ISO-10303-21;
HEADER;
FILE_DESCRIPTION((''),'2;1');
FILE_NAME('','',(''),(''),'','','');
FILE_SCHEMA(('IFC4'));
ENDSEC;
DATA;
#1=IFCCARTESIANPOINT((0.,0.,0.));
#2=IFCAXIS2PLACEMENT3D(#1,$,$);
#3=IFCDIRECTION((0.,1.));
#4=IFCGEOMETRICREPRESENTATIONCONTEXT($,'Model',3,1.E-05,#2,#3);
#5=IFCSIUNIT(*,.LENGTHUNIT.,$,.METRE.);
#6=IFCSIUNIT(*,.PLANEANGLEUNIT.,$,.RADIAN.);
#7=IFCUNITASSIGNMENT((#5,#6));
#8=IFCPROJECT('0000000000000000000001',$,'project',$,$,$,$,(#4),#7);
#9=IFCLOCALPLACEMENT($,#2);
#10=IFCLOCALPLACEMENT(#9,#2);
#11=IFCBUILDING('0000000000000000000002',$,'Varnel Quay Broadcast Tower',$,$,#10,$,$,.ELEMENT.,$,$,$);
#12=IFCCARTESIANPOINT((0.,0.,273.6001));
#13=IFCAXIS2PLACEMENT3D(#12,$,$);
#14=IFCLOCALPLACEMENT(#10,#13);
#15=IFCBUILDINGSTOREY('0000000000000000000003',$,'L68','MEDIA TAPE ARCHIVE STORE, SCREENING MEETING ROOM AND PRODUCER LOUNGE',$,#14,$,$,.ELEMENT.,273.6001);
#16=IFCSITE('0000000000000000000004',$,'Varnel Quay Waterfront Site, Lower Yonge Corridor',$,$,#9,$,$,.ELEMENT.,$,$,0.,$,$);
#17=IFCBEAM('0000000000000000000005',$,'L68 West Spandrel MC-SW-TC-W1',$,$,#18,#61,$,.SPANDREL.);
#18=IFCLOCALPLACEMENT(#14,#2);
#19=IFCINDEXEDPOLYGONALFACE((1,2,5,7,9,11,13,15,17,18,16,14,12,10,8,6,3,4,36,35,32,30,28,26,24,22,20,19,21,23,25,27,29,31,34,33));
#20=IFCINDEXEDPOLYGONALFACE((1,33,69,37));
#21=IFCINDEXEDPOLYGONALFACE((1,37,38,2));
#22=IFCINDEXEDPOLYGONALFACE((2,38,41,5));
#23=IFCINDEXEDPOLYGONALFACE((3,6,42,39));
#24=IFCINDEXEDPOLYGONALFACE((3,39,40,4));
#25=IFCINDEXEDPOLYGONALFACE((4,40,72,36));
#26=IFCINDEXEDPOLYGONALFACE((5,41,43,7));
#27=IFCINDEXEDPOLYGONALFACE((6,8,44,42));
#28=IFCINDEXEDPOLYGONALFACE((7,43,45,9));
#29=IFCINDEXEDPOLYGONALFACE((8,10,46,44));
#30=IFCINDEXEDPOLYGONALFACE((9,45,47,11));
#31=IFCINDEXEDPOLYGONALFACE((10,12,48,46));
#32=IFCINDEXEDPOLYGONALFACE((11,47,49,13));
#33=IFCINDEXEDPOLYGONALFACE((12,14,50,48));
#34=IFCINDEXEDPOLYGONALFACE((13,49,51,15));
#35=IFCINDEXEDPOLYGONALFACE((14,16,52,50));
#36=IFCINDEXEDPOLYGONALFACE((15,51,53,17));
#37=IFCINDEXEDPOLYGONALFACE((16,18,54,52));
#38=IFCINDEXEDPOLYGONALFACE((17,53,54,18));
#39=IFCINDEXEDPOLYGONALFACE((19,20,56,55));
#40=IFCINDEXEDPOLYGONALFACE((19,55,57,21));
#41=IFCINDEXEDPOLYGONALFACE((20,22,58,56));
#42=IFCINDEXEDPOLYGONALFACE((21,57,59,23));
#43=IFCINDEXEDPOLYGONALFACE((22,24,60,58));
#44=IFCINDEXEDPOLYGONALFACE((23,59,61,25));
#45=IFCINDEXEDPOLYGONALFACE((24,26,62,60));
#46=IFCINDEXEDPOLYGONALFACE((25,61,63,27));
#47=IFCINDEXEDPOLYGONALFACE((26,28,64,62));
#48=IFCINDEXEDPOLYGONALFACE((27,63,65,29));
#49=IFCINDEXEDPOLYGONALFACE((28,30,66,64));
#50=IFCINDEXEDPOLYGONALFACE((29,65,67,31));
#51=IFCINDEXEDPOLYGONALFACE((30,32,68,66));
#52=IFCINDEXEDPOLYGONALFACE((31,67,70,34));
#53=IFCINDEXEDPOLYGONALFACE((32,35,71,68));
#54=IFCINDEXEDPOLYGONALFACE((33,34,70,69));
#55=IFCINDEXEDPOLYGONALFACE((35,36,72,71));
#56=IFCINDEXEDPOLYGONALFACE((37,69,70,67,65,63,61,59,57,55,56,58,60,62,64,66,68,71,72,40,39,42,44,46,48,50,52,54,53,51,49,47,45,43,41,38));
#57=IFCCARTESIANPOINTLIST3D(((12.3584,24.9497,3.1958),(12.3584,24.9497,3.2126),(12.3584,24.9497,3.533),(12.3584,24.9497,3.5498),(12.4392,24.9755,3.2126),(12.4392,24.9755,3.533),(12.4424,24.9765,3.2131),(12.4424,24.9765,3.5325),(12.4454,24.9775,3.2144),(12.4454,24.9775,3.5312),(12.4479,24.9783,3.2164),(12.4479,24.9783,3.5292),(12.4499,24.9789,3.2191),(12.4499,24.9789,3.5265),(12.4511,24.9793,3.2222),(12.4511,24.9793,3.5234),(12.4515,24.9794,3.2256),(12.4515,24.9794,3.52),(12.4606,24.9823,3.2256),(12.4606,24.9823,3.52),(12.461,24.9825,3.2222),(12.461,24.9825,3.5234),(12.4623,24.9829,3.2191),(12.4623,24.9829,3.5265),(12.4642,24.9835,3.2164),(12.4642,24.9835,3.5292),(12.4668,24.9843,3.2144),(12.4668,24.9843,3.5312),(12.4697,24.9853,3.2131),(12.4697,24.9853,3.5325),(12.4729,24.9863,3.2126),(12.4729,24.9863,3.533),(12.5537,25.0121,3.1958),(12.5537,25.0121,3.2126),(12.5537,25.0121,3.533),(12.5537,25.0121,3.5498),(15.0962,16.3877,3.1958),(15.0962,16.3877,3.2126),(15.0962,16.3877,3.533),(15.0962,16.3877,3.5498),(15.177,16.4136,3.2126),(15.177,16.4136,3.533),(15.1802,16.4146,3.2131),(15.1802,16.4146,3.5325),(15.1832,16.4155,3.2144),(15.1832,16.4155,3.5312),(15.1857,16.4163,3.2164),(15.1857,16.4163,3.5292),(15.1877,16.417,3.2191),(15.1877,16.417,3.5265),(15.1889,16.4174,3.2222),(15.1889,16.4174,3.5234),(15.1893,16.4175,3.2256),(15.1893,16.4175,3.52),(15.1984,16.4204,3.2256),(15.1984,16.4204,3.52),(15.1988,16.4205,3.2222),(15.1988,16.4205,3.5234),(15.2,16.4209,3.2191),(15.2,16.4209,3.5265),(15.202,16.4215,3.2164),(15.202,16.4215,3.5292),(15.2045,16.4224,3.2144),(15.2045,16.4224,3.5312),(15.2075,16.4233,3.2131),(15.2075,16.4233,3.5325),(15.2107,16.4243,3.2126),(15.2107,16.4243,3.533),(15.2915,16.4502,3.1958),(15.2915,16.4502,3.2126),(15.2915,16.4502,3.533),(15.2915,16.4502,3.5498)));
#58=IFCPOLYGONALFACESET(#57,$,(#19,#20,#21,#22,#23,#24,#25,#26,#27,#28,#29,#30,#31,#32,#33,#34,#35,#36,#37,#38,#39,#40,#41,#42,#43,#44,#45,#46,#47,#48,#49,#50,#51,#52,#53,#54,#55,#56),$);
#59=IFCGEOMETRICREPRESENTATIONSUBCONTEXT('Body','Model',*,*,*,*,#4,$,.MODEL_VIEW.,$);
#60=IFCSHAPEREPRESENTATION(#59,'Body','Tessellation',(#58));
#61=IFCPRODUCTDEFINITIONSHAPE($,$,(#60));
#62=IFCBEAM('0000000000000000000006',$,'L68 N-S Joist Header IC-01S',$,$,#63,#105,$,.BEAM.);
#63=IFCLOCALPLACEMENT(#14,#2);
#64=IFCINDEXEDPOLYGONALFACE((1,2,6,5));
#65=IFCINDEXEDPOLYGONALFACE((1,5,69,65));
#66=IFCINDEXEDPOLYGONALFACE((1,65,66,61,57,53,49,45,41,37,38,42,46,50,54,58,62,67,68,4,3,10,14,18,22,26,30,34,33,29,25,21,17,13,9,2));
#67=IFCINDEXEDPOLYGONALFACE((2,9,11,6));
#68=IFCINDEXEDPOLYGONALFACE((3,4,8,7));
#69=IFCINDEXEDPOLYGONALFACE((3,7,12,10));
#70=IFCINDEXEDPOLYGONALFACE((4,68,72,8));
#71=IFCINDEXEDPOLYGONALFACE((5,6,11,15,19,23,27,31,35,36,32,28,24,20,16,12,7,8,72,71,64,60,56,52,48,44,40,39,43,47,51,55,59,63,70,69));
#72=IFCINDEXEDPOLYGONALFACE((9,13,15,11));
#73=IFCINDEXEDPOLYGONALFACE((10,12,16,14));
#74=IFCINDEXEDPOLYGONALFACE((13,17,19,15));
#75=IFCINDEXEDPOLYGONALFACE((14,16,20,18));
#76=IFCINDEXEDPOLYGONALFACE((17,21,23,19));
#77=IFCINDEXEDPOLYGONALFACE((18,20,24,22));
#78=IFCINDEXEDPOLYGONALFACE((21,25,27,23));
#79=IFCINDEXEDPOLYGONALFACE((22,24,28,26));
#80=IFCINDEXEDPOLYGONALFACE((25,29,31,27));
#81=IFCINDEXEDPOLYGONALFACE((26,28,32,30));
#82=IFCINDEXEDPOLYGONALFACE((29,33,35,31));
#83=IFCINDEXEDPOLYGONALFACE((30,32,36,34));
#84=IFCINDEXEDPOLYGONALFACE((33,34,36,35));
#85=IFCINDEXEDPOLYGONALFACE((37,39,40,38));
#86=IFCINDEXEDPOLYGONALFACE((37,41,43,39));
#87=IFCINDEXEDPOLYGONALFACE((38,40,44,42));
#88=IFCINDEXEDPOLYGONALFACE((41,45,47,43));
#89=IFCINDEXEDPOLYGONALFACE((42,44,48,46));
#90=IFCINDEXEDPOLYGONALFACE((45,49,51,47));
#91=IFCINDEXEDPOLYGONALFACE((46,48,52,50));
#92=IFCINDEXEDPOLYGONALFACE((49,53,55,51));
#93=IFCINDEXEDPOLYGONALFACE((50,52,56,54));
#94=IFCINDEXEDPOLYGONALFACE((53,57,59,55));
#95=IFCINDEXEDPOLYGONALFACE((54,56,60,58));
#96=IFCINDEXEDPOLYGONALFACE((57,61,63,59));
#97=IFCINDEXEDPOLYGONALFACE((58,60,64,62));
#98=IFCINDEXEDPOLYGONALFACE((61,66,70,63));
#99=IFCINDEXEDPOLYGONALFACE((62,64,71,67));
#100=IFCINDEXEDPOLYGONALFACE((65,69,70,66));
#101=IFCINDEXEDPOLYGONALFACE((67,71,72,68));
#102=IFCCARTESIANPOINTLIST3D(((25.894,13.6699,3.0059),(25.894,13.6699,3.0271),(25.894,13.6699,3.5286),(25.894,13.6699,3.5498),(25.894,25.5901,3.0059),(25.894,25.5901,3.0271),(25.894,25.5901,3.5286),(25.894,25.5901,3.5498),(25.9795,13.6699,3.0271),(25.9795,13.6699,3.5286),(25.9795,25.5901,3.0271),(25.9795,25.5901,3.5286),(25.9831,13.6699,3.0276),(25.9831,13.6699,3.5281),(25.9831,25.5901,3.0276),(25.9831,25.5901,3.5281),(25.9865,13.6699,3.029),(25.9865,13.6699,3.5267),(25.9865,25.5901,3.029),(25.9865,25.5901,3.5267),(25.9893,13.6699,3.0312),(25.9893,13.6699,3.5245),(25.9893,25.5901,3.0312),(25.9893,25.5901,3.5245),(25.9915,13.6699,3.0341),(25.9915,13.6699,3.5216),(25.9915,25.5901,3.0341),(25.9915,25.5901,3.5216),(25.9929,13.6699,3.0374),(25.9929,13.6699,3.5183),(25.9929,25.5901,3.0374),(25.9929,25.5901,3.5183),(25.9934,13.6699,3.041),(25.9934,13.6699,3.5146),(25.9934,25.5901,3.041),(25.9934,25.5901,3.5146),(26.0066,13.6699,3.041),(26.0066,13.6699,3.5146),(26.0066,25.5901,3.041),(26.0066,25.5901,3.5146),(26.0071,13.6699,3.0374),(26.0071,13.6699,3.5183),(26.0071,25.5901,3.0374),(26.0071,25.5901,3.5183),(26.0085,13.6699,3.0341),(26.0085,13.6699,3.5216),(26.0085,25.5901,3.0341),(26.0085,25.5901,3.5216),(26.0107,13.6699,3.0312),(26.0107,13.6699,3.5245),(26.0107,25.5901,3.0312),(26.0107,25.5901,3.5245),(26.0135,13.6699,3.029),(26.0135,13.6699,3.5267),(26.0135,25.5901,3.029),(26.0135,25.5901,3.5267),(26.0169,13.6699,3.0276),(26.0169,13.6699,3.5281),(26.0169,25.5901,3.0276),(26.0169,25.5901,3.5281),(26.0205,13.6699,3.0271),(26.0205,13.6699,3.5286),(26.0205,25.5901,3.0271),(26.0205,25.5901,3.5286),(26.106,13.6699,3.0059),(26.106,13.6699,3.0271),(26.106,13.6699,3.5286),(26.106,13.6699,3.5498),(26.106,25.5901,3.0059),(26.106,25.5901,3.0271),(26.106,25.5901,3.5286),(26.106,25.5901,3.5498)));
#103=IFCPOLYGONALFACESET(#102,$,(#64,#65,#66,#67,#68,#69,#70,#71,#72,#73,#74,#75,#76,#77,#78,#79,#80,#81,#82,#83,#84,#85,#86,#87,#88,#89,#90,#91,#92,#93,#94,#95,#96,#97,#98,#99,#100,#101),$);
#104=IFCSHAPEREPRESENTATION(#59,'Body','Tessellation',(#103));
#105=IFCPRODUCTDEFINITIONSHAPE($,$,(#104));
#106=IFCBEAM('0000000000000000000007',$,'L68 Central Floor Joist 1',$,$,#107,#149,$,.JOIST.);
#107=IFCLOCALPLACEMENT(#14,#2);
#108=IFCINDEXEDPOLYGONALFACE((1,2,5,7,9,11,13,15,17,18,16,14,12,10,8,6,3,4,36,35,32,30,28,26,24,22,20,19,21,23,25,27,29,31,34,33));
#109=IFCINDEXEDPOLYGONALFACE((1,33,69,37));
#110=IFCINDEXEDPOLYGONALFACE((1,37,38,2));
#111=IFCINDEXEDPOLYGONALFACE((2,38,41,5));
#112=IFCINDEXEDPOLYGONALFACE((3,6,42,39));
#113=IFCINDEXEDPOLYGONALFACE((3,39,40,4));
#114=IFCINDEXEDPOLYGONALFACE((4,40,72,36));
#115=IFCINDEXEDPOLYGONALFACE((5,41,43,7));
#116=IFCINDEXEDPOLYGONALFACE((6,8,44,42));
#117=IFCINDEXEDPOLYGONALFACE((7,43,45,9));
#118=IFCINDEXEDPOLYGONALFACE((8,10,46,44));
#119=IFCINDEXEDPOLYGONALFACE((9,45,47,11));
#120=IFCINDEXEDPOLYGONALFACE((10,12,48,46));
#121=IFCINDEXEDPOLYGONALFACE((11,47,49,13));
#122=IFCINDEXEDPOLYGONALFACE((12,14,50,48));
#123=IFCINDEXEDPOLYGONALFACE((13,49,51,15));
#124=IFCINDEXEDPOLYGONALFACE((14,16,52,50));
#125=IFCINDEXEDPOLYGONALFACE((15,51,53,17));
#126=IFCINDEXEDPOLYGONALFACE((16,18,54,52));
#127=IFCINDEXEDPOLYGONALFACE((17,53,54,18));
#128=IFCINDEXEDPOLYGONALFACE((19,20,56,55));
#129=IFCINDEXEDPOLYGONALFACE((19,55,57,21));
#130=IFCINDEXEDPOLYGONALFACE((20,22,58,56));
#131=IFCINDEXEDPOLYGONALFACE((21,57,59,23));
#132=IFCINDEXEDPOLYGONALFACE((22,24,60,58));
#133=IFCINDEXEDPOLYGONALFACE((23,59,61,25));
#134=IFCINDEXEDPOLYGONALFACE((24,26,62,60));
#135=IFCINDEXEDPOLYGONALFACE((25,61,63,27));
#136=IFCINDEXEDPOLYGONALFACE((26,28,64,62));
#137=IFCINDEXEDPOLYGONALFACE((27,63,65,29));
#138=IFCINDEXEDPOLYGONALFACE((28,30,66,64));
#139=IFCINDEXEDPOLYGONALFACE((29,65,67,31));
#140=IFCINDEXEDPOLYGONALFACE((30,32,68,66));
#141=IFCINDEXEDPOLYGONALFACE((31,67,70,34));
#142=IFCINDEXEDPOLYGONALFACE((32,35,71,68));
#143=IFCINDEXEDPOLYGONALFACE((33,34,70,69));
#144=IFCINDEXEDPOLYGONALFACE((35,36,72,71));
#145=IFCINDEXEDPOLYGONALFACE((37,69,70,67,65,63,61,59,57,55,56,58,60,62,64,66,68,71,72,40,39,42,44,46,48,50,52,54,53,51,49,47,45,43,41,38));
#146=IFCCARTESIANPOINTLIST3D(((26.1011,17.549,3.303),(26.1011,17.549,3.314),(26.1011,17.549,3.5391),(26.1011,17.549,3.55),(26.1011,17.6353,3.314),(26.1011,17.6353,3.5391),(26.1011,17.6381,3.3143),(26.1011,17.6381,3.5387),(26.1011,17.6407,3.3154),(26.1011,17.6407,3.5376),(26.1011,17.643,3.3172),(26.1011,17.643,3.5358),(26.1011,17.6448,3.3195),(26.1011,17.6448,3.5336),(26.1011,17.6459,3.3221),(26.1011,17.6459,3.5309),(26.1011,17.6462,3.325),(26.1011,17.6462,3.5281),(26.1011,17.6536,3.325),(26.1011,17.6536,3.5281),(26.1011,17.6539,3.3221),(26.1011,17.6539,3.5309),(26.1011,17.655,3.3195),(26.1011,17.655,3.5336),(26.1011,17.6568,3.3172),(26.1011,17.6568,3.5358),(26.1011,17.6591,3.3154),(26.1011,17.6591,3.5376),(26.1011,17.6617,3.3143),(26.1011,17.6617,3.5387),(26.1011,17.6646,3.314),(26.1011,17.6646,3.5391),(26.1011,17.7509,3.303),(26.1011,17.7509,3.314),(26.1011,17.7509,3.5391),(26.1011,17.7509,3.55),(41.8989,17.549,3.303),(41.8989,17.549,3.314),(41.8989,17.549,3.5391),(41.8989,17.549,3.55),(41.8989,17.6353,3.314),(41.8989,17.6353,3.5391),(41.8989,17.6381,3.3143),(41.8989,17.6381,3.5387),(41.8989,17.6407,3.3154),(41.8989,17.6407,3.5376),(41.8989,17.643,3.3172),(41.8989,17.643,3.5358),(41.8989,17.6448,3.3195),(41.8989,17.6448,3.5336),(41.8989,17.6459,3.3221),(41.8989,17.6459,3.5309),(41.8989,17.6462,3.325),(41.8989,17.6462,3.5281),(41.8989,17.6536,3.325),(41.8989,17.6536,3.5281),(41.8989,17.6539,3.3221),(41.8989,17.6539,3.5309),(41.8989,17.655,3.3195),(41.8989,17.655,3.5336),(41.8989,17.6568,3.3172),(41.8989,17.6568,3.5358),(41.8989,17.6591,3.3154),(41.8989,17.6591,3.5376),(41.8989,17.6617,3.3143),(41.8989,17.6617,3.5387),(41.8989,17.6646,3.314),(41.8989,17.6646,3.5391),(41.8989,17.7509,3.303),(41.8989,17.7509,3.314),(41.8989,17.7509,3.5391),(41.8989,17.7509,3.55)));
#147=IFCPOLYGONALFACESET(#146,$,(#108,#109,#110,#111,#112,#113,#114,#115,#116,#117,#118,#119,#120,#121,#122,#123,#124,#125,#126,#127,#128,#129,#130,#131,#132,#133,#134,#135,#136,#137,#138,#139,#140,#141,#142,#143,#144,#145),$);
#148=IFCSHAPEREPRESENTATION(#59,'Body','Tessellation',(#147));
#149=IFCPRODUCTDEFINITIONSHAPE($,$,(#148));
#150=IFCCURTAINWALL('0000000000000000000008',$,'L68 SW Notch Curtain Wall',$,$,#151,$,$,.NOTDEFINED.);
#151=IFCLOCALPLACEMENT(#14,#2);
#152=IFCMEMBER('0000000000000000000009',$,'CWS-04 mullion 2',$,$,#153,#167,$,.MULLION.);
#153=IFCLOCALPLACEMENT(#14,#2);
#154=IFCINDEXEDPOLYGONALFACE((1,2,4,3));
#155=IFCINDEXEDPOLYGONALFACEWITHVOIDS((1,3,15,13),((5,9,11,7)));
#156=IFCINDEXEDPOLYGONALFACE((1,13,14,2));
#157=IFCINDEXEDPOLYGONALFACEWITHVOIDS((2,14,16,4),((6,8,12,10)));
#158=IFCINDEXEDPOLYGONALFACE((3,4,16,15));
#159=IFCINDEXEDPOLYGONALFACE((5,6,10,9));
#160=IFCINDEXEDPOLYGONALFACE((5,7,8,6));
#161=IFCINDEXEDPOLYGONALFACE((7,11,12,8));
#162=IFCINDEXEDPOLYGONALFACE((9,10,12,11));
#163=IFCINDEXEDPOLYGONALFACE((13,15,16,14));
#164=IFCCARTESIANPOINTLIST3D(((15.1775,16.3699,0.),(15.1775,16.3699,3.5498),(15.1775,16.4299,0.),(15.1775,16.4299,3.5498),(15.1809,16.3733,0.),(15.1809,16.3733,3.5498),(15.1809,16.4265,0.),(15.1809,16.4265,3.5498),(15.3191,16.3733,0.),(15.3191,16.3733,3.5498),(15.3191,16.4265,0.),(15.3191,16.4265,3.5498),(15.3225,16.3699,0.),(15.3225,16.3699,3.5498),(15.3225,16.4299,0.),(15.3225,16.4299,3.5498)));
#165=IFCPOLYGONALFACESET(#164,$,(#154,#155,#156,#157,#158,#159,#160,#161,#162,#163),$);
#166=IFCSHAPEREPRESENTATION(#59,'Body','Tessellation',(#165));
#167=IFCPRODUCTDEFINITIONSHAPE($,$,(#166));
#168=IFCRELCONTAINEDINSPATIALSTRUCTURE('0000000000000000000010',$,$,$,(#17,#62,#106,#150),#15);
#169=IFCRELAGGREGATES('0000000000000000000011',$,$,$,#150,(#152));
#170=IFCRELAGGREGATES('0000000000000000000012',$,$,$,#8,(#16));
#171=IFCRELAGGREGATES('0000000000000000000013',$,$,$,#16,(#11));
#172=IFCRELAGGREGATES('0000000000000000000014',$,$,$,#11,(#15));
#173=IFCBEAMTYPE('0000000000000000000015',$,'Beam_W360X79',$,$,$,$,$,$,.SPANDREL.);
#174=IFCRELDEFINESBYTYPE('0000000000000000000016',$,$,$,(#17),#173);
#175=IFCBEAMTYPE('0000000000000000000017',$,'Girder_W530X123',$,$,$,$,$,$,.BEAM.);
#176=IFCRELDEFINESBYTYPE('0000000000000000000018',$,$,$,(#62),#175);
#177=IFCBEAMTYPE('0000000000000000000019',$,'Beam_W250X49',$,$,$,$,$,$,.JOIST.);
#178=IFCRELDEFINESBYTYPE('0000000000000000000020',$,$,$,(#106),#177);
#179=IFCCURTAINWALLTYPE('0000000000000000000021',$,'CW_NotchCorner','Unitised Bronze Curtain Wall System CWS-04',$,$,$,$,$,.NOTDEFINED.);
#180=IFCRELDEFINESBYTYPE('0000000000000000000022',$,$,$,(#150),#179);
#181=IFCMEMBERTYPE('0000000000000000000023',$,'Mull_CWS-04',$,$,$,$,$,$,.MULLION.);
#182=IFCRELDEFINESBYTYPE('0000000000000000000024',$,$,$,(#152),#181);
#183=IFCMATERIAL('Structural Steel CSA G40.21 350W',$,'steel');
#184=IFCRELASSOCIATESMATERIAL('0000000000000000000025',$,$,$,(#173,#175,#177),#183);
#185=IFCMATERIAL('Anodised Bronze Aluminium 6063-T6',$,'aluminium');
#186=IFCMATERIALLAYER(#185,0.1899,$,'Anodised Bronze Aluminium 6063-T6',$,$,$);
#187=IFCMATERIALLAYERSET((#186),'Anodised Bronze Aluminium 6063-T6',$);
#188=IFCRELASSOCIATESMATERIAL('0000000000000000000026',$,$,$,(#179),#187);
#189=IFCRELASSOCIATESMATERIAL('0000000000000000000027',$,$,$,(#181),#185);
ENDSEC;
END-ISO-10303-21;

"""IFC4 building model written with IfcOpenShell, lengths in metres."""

from ifc_helpers import new_model, si_unit, direction, frame, origin, origin_2d, place, context, subcontext, project, spatial, hollow_rectangle, i_section, extrude, source, transform, mapped, material, layer, layer_set, material_profile, profile_set, type_object, type_shapes, element, aggregate, save


model = new_model("IFC4")

# Units and contexts
model_context = context("Model", 3, precision=1e-05, world=origin(), true_north=direction((0.0, 1.0)))
body_context = subcontext(model_context, "Body", "Model", "MODEL_VIEW")
ifc_project = project(units=[si_unit("LENGTHUNIT", "METRE"), si_unit("PLANEANGLEUNIT", "RADIAN")], contexts=[model_context])

# Site, building, storey
site_placement = place(None, origin())
site = spatial("IfcSite", under=ifc_project, at=site_placement, Name="Varnel Quay Waterfront Site, Lower Yonge Corridor", CompositionType="ELEMENT", RefElevation=0.0)
building_placement = place(site_placement, origin())
building = spatial("IfcBuilding", under=site, at=building_placement, Name="Varnel Quay Broadcast Tower", CompositionType="ELEMENT")
storey_placement = place(building_placement, frame((0.0, 0.0, 273.6001)))
storey = spatial("IfcBuildingStorey", under=building, at=storey_placement, Name="L68", Description="MEDIA TAPE ARCHIVE STORE, SCREENING MEETING ROOM AND PRODUCER LOUNGE", CompositionType="ELEMENT", Elevation=273.6001)

# Shared definitions
ifc_material_1 = material(Name="Structural Steel CSA G40.21 350W", Category="steel")

# Beams
ifc_material_profile_1 = material_profile(ifc_material_1, i_section(OverallWidth=0.2051, OverallDepth=0.354, WebThickness=0.0095, FlangeThickness=0.0168, FilletRadius=0.0129, at=origin_2d()), Name="W360X79")
ifc_profile_set_1 = profile_set([ifc_material_profile_1], Name="Structural Steel CSA G40.21 350W")
beam_type_1 = type_object("IfcBeamType", Name="Beam_W360X79", PredefinedType="SPANDREL", material=ifc_profile_set_1)
shared_shape_1 = source(origin(), body_context, "Body", "SweptSolid", [
    extrude(i_section(OverallWidth=0.2051, OverallDepth=0.354, WebThickness=0.0095, FlangeThickness=0.0168, FilletRadius=0.0129, at=origin_2d()), origin(), (0.0, 0.0, 1.0), 8.989),
])
beam_1_placement = place(storey_placement, frame((15.1938, 16.4189, 3.3728), z_axis=(-0.304569, 0.95249, 0.0), x_axis=(-0.95249, -0.304569, 0.0)))
element("IfcBeam", 1, at=beam_1_placement, inside=storey, type_object=beam_type_1, Name="L68 West Spandrel MC-SW-TC-W1", PredefinedType="SPANDREL", context=body_context, shape_type="MappedRepresentation", body=[
    mapped(shared_shape_1, transform((0.0, 0.0, 0.0), x_axis=(1.0, 0.0, 0.0), y_axis=(0.0, 1.0, 0.0), z_axis=(0.0, 0.0, 1.0), scale=1.0)),
])
ifc_material_profile_2 = material_profile(ifc_material_1, i_section(OverallWidth=0.2119, OverallDepth=0.5439, WebThickness=0.0132, FlangeThickness=0.0212, FilletRadius=0.0139, at=origin_2d()), Name="W530X123")
ifc_profile_set_2 = profile_set([ifc_material_profile_2], Name="Structural Steel CSA G40.21 350W")
beam_type_2 = type_object("IfcBeamType", Name="Girder_W530X123", PredefinedType="BEAM", material=ifc_profile_set_2)
shared_shape_2 = source(origin(), body_context, "Body", "SweptSolid", [
    extrude(i_section(OverallWidth=0.2119, OverallDepth=0.5439, WebThickness=0.0132, FlangeThickness=0.0212, FilletRadius=0.0139, at=origin_2d()), origin(), (0.0, 0.0, 1.0), 11.9202),
])
type_shapes(beam_type_2, [shared_shape_2])
beam_2_placement = place(storey_placement, frame((26.0, 13.6699, 3.2778), z_axis=(0.0, 1.0, 0.0), x_axis=(-1.0, 0.0, 0.0)))
element("IfcBeam", 2, at=beam_2_placement, inside=storey, type_object=beam_type_2, Name="L68 N-S Joist Header IC-01S", PredefinedType="BEAM", context=body_context, shape_type="MappedRepresentation", body=[
    mapped(shared_shape_2, transform((0.0, 0.0, 0.0), x_axis=(1.0, 0.0, 0.0), y_axis=(0.0, 1.0, 0.0), z_axis=(0.0, 0.0, 1.0), scale=1.0)),
])
ifc_material_profile_3 = material_profile(ifc_material_1, i_section(OverallWidth=0.2019, OverallDepth=0.2471, WebThickness=0.0073, FlangeThickness=0.011, FilletRadius=0.011, at=origin_2d()), Name="W250X49")
ifc_profile_set_3 = profile_set([ifc_material_profile_3], Name="Structural Steel CSA G40.21 350W")
beam_type_3 = type_object("IfcBeamType", Name="Beam_W250X49", PredefinedType="JOIST", material=ifc_profile_set_3)
shared_shape_3 = source(origin(), body_context, "Body", "SweptSolid", [
    extrude(i_section(OverallWidth=0.2019, OverallDepth=0.2471, WebThickness=0.0073, FlangeThickness=0.011, FilletRadius=0.011, at=origin_2d()), origin(), (0.0, 0.0, 1.0), 15.7979),
])
type_shapes(beam_type_3, [shared_shape_3])
beam_3_placement = place(storey_placement, frame((26.1011, 17.6499, 3.4265), z_axis=(1.0, 0.0, 0.0), x_axis=(0.0, 1.0, 0.0)))
element("IfcBeam", 3, at=beam_3_placement, inside=storey, type_object=beam_type_3, Name="L68 Central Floor Joist 1", PredefinedType="JOIST", context=body_context, shape_type="MappedRepresentation", body=[
    mapped(shared_shape_3, transform((0.0, 0.0, 0.0), x_axis=(1.0, 0.0, 0.0), y_axis=(0.0, 1.0, 0.0), z_axis=(0.0, 0.0, 1.0), scale=1.0)),
])

# Curtain wall, member
ifc_material_2 = material(Name="Anodised Bronze Aluminium 6063-T6", Category="aluminium")
ifc_layer_1 = layer(ifc_material_2, 0.1899, Name="Anodised Bronze Aluminium 6063-T6")
ifc_layer_set_1 = layer_set([ifc_layer_1], Name="Anodised Bronze Aluminium 6063-T6")
curtain_wall_type_1 = type_object("IfcCurtainWallType", Name="CW_NotchCorner", Description="Unitised Bronze Curtain Wall System CWS-04", PredefinedType="NOTDEFINED", material=ifc_layer_set_1)
curtain_wall_1_placement = place(storey_placement, origin())
curtain_wall_1 = element("IfcCurtainWall", 4, at=curtain_wall_1_placement, inside=storey, type_object=curtain_wall_type_1, Name="L68 SW Notch Curtain Wall", PredefinedType="NOTDEFINED")
ifc_material_profile_4 = material_profile(ifc_material_2, hollow_rectangle(XDim=0.0601, YDim=0.145, WallThickness=0.0034, at=origin_2d()), Name="ALU60X145X3.5")
ifc_profile_set_4 = profile_set([ifc_material_profile_4], Name="Anodised Bronze Aluminium 6063-T6")
member_type_1 = type_object("IfcMemberType", Name="Mull_CWS-04", PredefinedType="MULLION", material=ifc_profile_set_4)
shared_shape_4 = source(origin(), body_context, "Body", "SweptSolid", [
    extrude(hollow_rectangle(XDim=0.0601, YDim=0.145, WallThickness=0.0034, at=origin_2d()), origin(), (0.0, 0.0, 1.0), 3.5498),
])
type_shapes(member_type_1, [shared_shape_4])
member_1_placement = place(storey_placement, frame((15.25, 16.3999, 0.0), z_axis=(0.0, 0.0, 1.0), x_axis=(0.0, 1.0, 0.0)))
member_1 = element("IfcMember", 5, at=member_1_placement, type_object=member_type_1, Name="CWS-04 mullion 2", PredefinedType="MULLION", context=body_context, shape_type="MappedRepresentation", body=[
    mapped(shared_shape_4, transform((0.0, 0.0, 0.0), x_axis=(1.0, 0.0, 0.0), y_axis=(0.0, 1.0, 0.0), z_axis=(0.0, 0.0, 1.0), scale=1.0)),
])

aggregate(curtain_wall_1, [member_1])

save(model, "model.ifc")
